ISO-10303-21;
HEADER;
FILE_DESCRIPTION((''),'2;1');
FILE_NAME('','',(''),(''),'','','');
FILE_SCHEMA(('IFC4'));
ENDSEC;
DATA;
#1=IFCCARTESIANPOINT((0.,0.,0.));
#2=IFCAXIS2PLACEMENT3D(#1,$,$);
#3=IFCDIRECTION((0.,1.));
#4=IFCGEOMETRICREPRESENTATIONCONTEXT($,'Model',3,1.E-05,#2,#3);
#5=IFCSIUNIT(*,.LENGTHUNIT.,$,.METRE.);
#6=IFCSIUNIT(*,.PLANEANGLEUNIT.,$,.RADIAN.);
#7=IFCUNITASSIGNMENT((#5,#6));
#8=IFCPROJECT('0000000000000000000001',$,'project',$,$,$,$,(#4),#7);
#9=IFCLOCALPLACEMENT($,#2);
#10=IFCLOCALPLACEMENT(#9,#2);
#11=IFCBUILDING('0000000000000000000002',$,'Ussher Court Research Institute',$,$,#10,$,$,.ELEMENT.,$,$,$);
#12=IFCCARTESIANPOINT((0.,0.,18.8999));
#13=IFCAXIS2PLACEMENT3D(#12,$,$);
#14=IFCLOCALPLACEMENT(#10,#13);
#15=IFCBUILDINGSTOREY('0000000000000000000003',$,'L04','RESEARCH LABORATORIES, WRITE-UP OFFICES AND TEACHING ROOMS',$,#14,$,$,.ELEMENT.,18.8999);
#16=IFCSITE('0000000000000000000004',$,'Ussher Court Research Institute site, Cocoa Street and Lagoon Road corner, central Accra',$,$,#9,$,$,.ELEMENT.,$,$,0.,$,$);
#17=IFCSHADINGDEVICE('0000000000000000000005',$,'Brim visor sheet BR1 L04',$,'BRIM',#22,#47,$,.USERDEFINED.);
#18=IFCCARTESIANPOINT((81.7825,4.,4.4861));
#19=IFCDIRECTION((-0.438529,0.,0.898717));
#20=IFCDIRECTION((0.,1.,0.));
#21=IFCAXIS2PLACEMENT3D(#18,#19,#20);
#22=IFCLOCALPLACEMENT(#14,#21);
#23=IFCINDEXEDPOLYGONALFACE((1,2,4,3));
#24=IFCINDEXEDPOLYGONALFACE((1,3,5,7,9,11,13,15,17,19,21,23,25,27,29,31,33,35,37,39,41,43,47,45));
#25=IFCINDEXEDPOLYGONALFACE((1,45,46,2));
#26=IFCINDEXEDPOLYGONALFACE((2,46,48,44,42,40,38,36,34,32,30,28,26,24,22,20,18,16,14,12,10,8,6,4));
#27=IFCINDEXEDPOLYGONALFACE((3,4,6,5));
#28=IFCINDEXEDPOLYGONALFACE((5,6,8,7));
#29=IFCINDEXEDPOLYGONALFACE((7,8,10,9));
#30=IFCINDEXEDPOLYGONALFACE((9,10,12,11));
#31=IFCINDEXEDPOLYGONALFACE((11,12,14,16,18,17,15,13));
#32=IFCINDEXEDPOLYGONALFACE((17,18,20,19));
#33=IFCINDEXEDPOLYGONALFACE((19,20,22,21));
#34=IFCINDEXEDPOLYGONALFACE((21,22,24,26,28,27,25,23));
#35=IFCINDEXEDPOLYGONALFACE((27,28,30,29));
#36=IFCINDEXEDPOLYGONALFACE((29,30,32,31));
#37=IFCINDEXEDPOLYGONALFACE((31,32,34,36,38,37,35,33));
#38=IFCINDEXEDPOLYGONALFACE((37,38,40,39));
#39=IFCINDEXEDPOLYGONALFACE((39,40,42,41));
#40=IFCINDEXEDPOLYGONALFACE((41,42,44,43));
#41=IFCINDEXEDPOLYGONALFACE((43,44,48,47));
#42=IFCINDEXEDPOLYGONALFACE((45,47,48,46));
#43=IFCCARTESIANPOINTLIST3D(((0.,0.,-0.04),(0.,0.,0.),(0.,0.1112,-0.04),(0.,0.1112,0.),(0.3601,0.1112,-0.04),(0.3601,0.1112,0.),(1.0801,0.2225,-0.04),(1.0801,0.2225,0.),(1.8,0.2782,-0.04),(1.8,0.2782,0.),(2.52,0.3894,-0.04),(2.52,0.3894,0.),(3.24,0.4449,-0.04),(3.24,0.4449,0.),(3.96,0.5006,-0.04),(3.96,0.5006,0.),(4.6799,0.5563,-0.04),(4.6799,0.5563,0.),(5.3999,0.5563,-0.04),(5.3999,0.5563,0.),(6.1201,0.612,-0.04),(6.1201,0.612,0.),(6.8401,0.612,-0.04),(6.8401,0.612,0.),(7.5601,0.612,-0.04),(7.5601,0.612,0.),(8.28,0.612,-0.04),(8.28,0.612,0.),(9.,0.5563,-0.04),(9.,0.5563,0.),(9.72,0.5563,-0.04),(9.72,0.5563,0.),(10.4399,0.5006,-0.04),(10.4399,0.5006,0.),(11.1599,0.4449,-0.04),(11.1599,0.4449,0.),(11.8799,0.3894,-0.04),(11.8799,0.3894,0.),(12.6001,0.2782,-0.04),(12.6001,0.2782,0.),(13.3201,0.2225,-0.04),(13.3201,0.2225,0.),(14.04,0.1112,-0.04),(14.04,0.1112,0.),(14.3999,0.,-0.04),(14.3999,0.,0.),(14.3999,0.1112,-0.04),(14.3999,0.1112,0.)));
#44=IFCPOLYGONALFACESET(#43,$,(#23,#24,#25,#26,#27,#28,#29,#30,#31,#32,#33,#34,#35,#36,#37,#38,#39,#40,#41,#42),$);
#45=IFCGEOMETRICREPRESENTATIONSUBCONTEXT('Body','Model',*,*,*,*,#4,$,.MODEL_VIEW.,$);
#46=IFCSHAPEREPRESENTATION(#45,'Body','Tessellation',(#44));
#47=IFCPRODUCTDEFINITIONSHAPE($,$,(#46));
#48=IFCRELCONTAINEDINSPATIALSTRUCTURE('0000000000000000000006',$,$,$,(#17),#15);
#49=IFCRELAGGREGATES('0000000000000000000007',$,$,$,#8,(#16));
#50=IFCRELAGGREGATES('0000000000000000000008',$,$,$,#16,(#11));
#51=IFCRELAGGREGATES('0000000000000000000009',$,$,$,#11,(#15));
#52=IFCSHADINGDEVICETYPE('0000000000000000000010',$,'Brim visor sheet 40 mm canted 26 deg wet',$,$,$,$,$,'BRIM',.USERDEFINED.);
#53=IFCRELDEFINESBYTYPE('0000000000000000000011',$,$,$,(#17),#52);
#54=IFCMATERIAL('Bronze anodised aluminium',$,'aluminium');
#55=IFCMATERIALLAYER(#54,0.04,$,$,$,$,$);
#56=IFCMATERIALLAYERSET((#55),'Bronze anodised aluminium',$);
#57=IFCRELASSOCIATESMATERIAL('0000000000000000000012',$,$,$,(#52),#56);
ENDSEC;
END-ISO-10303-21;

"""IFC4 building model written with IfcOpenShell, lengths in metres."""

from ifc_helpers import new_model, si_unit, direction, frame, origin, place, context, subcontext, project, spatial, polyline, outline, extrude, material, layer, layer_set, type_object, element, save


model = new_model("IFC4")

# Units and contexts
model_context = context("Model", 3, precision=1e-05, world=origin(), true_north=direction((0.0, 1.0)))
body_context = subcontext(model_context, "Body", "Model", "MODEL_VIEW")
ifc_project = project(units=[si_unit("LENGTHUNIT", "METRE"), si_unit("PLANEANGLEUNIT", "RADIAN")], contexts=[model_context])

# Site, building, storey
site_placement = place(None, origin())
site = spatial("IfcSite", under=ifc_project, at=site_placement, Name="Ussher Court Research Institute site, Cocoa Street and Lagoon Road corner, central Accra", CompositionType="ELEMENT", RefElevation=0.0)
building_placement = place(site_placement, origin())
building = spatial("IfcBuilding", under=site, at=building_placement, Name="Ussher Court Research Institute", CompositionType="ELEMENT")
storey_placement = place(building_placement, frame((0.0, 0.0, 18.8999)))
storey = spatial("IfcBuildingStorey", under=building, at=storey_placement, Name="L04", Description="RESEARCH LABORATORIES, WRITE-UP OFFICES AND TEACHING ROOMS", CompositionType="ELEMENT", Elevation=18.8999)

# Shading device
ifc_material_1 = material(Name="Bronze anodised aluminium", Category="aluminium")
ifc_layer_1 = layer(ifc_material_1, 0.04)
ifc_layer_set_1 = layer_set([ifc_layer_1], Name="Bronze anodised aluminium")
shading_device_type_1 = type_object("IfcShadingDeviceType", Name="Brim visor sheet 40 mm canted 26 deg wet", ElementType="BRIM", PredefinedType="USERDEFINED", material=ifc_layer_set_1)
shading_device_1_placement = place(storey_placement, frame((81.7825, 4.0, 4.4861), z_axis=(-0.438529, 0.0, 0.898717), x_axis=(0.0, 1.0, 0.0)))
element("IfcShadingDevice", 1, at=shading_device_1_placement, inside=storey, type_object=shading_device_type_1, Name="Brim visor sheet BR1 L04", ObjectType="BRIM", PredefinedType="USERDEFINED", context=body_context, shape_type="SweptSolid", body=[
    extrude(outline(polyline([(0.0, 0.0), (14.3999, 0.0), (14.3999, 0.1112), (14.04, 0.1112), (13.3201, 0.2225), (12.6001, 0.2782), (11.8799, 0.3894), (11.1599, 0.4449), (10.4399, 0.5006), (9.72, 0.5563), (9.0, 0.5563), (8.28, 0.612), (7.5601, 0.612), (6.8401, 0.612), (6.1201, 0.612), (5.3999, 0.5563), (4.6799, 0.5563), (3.96, 0.5006), (3.24, 0.4449), (2.52, 0.3894), (1.8, 0.2782), (1.0801, 0.2225), (0.3601, 0.1112), (0.0, 0.1112), (0.0, 0.0)])), origin(), (0.0, 0.0, -1.0), 0.04),
])

save(model, "model.ifc")
